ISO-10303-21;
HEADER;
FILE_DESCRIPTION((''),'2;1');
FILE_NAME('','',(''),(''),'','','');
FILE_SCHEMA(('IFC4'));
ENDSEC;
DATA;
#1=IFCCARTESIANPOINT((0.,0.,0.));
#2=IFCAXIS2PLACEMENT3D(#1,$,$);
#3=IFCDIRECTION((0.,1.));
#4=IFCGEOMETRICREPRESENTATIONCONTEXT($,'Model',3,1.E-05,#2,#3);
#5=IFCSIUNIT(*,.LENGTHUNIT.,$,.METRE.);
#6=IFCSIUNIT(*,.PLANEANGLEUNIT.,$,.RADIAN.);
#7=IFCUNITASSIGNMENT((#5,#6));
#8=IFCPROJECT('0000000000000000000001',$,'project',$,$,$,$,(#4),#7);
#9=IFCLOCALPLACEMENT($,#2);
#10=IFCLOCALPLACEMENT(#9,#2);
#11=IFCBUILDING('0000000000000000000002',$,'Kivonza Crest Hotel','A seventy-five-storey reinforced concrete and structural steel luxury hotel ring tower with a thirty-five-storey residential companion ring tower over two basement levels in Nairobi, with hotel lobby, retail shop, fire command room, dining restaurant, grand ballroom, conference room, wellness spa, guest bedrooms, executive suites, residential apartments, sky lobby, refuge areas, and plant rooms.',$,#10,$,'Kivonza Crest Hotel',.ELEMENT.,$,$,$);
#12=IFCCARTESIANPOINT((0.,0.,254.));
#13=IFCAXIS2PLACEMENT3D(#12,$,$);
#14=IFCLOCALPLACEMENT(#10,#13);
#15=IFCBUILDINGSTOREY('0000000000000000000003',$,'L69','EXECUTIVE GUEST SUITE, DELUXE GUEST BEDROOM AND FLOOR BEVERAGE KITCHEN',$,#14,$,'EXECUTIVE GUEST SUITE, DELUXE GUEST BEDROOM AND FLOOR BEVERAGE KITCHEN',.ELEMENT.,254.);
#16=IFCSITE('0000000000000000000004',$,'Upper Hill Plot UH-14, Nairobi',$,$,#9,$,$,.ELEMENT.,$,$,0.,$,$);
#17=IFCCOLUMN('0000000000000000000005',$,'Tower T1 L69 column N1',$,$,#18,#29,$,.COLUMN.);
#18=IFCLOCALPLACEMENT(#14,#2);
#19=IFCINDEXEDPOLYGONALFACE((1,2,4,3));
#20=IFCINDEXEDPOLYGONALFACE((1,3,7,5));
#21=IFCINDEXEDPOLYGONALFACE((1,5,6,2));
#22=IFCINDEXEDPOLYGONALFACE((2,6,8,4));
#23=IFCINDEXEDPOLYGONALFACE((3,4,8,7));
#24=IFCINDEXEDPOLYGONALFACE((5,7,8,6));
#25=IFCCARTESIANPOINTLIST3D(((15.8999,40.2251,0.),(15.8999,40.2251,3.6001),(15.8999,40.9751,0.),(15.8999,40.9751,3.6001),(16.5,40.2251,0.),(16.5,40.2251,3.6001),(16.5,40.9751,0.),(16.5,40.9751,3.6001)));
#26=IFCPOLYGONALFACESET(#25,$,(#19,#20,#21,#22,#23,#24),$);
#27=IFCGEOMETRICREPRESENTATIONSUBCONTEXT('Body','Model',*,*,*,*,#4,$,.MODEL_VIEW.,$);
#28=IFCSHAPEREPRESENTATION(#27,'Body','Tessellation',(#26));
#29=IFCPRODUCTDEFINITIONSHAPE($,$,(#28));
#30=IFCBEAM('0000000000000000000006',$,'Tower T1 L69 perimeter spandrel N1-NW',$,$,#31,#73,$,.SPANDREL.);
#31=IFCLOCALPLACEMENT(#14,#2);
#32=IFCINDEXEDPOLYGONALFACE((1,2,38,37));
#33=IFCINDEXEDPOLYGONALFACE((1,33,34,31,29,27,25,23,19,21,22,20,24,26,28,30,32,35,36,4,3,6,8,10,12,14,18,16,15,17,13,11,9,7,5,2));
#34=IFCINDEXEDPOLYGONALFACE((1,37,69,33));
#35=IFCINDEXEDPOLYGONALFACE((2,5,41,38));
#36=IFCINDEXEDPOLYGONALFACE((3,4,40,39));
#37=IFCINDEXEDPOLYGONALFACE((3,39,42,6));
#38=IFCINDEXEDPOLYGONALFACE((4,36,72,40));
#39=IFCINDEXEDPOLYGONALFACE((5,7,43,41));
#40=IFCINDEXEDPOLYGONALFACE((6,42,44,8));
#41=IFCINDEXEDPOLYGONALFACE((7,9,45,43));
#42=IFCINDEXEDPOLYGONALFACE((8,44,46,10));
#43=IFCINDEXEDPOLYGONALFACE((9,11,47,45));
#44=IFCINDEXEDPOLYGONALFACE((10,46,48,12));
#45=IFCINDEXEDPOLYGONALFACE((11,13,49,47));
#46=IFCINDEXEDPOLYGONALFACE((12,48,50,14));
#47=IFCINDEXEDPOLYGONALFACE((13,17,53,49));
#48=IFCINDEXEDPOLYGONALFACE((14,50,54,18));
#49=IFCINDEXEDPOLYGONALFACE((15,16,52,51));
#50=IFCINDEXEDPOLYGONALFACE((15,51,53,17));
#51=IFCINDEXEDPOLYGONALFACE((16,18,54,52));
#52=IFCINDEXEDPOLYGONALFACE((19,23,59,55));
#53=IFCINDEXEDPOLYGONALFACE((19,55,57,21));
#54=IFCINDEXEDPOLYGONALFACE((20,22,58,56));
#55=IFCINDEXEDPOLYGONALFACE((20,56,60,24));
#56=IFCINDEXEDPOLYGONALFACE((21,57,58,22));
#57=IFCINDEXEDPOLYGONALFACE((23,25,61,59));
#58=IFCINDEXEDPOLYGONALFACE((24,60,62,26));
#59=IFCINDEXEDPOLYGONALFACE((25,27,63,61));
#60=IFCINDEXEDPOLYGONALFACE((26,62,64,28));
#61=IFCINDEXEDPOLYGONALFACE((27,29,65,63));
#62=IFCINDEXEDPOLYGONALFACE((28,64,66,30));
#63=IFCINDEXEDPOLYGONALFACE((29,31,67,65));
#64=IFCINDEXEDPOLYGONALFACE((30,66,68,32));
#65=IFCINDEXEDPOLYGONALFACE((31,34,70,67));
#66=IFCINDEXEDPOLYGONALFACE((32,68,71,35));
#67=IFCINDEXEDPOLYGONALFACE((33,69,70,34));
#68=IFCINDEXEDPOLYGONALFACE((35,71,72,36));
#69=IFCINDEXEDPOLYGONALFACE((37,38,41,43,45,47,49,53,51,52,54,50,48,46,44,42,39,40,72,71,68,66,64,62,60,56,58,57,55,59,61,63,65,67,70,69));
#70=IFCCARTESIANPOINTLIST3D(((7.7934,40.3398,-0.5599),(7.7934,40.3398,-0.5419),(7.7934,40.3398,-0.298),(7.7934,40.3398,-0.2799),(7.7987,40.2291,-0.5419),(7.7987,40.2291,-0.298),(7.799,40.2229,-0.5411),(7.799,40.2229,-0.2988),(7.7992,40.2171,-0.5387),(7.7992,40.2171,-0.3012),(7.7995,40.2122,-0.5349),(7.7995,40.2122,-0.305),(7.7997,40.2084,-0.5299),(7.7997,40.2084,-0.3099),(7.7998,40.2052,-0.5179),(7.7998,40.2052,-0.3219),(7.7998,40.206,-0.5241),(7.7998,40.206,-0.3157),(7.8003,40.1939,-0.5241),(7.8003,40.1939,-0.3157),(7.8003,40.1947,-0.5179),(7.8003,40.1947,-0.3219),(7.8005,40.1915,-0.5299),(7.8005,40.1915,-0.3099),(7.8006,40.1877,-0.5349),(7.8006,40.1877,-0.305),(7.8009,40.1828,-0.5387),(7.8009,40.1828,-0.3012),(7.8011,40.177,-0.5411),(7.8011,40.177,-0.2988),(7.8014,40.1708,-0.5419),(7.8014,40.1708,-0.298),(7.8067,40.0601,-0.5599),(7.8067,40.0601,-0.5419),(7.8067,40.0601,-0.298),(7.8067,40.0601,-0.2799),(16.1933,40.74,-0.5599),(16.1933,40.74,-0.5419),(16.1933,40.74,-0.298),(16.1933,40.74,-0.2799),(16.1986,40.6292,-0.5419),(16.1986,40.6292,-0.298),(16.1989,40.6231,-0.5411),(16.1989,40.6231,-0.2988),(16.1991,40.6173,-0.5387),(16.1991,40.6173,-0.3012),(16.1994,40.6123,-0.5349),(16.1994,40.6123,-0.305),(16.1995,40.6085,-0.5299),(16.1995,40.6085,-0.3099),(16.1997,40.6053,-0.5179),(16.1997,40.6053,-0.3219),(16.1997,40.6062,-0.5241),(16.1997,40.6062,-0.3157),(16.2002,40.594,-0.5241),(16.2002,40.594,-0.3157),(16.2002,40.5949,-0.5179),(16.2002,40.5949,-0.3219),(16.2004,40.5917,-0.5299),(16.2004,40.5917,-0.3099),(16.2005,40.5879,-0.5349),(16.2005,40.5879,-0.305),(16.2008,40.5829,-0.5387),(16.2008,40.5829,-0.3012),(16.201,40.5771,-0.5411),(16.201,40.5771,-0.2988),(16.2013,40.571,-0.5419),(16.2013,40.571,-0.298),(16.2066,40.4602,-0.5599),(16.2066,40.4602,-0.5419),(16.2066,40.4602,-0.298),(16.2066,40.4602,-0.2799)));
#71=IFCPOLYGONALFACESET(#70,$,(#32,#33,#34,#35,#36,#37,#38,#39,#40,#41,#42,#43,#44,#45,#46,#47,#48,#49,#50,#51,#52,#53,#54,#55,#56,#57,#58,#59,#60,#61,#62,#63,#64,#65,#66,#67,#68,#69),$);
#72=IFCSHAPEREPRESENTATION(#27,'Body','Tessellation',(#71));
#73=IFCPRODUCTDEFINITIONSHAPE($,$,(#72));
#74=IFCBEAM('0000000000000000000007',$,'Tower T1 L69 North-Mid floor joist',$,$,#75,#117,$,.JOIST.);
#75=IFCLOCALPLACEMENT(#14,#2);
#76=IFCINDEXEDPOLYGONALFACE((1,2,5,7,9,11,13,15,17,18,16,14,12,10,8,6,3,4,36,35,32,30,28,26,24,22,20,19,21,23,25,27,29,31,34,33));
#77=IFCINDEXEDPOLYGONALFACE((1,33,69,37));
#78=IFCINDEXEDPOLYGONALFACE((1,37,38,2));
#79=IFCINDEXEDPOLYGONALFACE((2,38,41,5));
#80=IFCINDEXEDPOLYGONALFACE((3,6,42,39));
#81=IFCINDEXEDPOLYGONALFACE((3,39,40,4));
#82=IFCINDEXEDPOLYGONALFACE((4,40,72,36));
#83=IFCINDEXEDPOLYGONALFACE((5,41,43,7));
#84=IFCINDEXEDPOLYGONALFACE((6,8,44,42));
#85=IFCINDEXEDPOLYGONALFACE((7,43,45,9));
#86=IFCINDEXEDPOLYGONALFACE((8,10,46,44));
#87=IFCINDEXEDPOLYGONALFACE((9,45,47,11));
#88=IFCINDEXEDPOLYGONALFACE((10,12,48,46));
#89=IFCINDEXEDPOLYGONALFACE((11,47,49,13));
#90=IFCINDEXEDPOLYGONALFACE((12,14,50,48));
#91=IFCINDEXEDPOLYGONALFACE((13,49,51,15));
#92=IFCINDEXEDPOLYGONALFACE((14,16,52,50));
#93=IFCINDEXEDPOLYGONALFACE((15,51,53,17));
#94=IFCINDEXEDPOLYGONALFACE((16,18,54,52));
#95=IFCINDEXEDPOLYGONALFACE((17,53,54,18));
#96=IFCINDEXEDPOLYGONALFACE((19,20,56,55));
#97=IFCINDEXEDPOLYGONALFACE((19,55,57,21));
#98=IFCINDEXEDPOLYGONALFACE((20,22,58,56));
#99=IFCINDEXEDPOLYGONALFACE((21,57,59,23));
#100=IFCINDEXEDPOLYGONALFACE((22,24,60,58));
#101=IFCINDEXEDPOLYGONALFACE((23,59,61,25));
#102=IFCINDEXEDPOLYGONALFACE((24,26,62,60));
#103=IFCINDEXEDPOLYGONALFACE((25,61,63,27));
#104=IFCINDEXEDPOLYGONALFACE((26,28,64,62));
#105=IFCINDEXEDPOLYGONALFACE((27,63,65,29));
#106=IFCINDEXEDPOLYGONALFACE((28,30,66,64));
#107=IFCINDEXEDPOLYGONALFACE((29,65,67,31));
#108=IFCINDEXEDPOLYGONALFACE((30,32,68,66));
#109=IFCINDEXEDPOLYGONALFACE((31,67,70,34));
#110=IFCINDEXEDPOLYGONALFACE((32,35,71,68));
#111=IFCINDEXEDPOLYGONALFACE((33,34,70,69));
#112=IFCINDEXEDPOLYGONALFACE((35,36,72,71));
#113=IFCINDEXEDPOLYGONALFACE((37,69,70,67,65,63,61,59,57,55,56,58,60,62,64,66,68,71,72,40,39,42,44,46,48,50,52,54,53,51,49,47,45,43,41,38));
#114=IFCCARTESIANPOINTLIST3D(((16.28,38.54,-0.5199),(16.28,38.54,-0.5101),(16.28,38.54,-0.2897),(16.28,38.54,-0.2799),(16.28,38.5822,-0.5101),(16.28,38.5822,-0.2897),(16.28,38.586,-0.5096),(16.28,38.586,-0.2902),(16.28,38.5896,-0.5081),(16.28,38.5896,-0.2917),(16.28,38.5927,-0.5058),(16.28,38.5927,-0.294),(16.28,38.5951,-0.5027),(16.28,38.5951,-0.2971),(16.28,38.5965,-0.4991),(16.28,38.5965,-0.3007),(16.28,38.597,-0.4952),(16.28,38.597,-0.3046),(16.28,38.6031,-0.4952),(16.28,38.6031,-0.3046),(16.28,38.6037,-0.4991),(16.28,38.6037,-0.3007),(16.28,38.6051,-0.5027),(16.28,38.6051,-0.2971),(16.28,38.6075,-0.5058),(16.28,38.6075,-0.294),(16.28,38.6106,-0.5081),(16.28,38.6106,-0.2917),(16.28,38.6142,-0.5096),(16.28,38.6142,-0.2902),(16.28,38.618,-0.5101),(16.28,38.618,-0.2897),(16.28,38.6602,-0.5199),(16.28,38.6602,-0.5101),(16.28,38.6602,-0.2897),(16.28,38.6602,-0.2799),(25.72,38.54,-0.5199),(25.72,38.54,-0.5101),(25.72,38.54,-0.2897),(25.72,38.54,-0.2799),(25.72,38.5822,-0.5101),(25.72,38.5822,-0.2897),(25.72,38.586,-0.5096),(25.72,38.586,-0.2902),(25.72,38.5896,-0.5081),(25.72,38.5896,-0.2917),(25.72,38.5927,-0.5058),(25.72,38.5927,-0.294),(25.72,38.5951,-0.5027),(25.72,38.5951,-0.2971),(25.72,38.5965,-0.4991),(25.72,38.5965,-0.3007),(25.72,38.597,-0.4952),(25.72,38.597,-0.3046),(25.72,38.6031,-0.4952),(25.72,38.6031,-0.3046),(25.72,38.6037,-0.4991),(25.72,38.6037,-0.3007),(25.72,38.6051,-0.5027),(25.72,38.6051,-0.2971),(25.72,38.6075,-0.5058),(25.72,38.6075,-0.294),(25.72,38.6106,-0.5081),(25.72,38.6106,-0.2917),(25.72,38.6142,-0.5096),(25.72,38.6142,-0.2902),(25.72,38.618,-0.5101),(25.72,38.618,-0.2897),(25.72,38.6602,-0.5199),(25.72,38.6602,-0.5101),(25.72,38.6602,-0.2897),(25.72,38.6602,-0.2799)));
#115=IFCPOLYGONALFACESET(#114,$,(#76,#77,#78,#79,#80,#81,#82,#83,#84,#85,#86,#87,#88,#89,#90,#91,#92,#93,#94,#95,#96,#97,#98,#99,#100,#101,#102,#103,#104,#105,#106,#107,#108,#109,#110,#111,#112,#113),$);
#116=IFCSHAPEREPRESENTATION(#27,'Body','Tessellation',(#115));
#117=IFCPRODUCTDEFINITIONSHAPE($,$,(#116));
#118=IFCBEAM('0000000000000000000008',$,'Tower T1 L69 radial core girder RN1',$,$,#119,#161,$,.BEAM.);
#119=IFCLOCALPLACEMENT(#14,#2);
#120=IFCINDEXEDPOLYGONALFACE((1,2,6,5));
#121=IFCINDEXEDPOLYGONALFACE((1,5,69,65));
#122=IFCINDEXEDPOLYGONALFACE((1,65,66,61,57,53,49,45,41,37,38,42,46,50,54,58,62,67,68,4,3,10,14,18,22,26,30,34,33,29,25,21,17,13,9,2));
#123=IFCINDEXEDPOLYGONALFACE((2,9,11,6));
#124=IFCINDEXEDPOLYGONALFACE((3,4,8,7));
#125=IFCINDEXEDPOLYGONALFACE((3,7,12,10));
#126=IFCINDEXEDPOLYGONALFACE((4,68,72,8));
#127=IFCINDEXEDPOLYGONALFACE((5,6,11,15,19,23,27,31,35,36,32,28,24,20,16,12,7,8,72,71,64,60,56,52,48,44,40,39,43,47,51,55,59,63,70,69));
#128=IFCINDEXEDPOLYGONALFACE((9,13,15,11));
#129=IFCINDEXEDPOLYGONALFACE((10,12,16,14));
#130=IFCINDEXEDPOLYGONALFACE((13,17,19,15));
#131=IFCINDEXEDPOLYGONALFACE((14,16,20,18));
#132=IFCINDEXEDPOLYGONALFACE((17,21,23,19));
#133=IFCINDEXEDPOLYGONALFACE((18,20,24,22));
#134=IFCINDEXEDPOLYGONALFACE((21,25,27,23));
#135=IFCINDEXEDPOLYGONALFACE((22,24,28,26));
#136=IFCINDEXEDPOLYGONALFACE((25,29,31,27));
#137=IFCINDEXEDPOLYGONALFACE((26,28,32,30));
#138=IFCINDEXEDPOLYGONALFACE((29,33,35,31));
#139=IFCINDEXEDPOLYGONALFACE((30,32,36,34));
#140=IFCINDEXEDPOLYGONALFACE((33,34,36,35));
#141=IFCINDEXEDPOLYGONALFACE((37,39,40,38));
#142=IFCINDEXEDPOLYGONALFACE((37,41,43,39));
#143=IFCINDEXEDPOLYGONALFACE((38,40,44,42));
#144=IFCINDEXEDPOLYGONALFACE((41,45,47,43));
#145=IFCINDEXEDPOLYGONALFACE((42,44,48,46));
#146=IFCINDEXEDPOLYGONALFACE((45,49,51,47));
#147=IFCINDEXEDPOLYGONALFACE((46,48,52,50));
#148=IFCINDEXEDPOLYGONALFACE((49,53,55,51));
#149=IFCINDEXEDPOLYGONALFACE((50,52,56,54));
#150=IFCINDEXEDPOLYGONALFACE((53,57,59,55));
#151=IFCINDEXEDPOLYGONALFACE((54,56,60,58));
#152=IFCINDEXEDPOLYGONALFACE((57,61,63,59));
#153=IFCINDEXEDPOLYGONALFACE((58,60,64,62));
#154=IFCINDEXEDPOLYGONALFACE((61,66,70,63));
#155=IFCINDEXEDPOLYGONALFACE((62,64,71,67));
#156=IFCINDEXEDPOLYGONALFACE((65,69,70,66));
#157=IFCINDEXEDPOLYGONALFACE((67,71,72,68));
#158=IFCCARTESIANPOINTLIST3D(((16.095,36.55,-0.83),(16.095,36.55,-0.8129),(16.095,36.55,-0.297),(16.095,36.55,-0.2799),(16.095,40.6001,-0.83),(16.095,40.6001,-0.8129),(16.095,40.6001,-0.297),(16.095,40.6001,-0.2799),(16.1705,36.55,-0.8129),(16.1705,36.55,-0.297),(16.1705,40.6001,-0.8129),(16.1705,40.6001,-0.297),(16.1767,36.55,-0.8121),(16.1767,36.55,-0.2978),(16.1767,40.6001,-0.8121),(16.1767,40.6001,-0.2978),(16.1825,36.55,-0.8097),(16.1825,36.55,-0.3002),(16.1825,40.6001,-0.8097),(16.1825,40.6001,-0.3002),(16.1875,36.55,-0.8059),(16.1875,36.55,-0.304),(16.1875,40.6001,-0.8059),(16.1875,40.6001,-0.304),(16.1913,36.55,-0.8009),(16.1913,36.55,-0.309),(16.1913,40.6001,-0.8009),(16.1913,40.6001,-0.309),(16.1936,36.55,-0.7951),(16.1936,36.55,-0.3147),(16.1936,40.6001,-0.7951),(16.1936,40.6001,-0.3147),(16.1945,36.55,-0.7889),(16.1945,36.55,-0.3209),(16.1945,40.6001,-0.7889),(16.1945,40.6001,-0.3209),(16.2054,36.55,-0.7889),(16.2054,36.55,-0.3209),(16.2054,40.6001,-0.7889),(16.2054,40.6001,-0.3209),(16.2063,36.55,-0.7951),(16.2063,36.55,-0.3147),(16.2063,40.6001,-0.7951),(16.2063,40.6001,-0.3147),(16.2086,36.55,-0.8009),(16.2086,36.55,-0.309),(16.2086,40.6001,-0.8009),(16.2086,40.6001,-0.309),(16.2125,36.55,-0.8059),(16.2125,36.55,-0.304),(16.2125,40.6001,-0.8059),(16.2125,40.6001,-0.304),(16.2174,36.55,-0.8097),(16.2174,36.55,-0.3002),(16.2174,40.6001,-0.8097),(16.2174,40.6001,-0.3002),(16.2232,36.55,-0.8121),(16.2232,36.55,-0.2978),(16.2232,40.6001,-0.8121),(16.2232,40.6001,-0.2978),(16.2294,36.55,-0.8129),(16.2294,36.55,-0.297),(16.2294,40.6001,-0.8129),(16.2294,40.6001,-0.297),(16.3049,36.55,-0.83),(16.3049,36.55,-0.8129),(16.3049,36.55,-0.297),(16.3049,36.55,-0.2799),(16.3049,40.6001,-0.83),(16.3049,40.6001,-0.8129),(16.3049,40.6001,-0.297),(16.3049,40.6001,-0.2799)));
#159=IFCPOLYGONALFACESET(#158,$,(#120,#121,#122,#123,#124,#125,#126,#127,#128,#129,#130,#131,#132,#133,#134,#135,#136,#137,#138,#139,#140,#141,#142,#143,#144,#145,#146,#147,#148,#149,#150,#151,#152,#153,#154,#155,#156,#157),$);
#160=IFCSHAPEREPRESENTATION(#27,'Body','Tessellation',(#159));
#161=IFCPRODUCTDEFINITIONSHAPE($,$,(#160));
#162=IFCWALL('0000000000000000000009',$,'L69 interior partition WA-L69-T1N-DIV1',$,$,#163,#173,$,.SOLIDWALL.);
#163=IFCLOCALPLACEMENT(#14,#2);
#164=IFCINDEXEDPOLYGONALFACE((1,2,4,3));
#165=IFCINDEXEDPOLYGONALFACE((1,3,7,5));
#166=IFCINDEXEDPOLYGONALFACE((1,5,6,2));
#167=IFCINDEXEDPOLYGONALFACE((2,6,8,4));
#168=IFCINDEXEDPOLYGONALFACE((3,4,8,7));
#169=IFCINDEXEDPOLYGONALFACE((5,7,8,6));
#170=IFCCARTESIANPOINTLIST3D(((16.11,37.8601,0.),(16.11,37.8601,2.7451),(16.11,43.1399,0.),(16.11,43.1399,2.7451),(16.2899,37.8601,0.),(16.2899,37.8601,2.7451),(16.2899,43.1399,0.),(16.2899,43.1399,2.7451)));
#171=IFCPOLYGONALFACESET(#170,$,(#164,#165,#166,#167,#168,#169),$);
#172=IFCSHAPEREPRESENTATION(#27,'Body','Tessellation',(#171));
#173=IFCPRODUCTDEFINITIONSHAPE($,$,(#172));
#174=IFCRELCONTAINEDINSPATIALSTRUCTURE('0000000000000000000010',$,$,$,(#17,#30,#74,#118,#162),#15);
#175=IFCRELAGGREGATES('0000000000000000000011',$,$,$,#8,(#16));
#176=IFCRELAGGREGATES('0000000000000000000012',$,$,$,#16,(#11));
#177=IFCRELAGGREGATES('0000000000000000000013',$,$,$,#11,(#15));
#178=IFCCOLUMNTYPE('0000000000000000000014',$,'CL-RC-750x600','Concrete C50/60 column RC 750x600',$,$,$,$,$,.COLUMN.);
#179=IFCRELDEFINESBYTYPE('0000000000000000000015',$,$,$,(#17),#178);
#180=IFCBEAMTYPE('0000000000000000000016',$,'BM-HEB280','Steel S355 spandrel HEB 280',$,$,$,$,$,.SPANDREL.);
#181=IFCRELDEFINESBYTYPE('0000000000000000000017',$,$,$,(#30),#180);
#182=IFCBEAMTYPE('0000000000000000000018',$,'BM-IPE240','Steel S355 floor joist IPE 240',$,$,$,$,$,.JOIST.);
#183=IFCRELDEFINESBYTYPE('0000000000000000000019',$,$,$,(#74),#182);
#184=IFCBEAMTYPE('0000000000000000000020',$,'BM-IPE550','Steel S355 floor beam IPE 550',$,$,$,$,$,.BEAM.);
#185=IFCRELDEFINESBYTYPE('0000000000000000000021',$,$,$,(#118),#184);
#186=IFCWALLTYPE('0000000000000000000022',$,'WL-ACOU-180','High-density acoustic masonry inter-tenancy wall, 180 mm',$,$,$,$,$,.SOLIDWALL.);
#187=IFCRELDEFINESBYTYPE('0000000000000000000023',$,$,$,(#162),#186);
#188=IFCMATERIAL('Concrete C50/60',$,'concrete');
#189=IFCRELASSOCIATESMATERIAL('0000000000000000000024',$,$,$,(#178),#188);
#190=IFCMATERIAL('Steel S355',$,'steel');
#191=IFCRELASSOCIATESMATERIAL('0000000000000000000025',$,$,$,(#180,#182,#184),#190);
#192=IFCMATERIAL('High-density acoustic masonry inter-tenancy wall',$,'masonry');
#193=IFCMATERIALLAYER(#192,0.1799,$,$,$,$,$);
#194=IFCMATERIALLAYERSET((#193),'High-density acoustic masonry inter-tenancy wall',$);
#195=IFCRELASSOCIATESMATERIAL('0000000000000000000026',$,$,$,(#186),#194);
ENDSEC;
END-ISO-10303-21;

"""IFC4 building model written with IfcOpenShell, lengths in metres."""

from ifc_helpers import new_model, si_unit, direction, frame, frame_2d, origin, origin_2d, place, context, subcontext, project, spatial, rectangle, i_section, extrude, material, layer, layer_set, material_profile, profile_set, type_object, element, save


model = new_model("IFC4")

# Units and contexts
model_context = context("Model", 3, precision=1e-05, world=origin(), true_north=direction((0.0, 1.0)))
body_context = subcontext(model_context, "Body", "Model", "MODEL_VIEW")
ifc_project = project(units=[si_unit("LENGTHUNIT", "METRE"), si_unit("PLANEANGLEUNIT", "RADIAN")], contexts=[model_context])

# Site, building, storey
site_placement = place(None, origin())
site = spatial("IfcSite", under=ifc_project, at=site_placement, Name="Upper Hill Plot UH-14, Nairobi", CompositionType="ELEMENT", RefElevation=0.0)
building_placement = place(site_placement, origin())
building = spatial("IfcBuilding", under=site, at=building_placement, Name="Kivonza Crest Hotel", Description="A seventy-five-storey reinforced concrete and structural steel luxury hotel ring tower with a thirty-five-storey residential companion ring tower over two basement levels in Nairobi, with hotel lobby, retail shop, fire command room, dining restaurant, grand ballroom, conference room, wellness spa, guest bedrooms, executive suites, residential apartments, sky lobby, refuge areas, and plant rooms.", LongName="Kivonza Crest Hotel", CompositionType="ELEMENT")
storey_placement = place(building_placement, frame((0.0, 0.0, 254.0)))
storey = spatial("IfcBuildingStorey", under=building, at=storey_placement, Name="L69", Description="EXECUTIVE GUEST SUITE, DELUXE GUEST BEDROOM AND FLOOR BEVERAGE KITCHEN", LongName="EXECUTIVE GUEST SUITE, DELUXE GUEST BEDROOM AND FLOOR BEVERAGE KITCHEN", CompositionType="ELEMENT", Elevation=254.0)

# Column
ifc_material_1 = material(Name="Concrete C50/60", Category="concrete")
ifc_material_profile_1 = material_profile(ifc_material_1, rectangle(XDim=0.6001, YDim=0.75, at=origin_2d()), Name="RC 750x600")
ifc_profile_set_1 = profile_set([ifc_material_profile_1], Name="Concrete C50/60")
column_type = type_object("IfcColumnType", Name="CL-RC-750x600", Description="Concrete C50/60 column RC 750x600", PredefinedType="COLUMN", material=ifc_profile_set_1)
column_placement = place(storey_placement, frame((16.2, 40.6001, 0.0), z_axis=(0.0, 0.0, 1.0), x_axis=(1.0, 0.0, 0.0)))
element("IfcColumn", 1, at=column_placement, inside=storey, type_object=column_type, Name="Tower T1 L69 column N1", PredefinedType="COLUMN", context=body_context, shape_type="SweptSolid", body=[
    extrude(rectangle(XDim=0.6001, YDim=0.75, at=origin_2d()), origin(), (0.0, 0.0, 1.0), 3.6001),
])

# Beams
ifc_material_2 = material(Name="Steel S355", Category="steel")
ifc_material_profile_2 = material_profile(ifc_material_2, i_section(OverallWidth=0.28, OverallDepth=0.28, WebThickness=0.0105, FlangeThickness=0.0181, FilletRadius=0.0239, at=origin_2d()), Name="HEB 280")
ifc_profile_set_2 = profile_set([ifc_material_profile_2], Name="Steel S355")
beam_type_1 = type_object("IfcBeamType", Name="BM-HEB280", Description="Steel S355 spandrel HEB 280", PredefinedType="SPANDREL", material=ifc_profile_set_2)
beam_1_placement = place(storey_placement, frame((16.2, 40.6001, -0.4199), z_axis=(-0.998867, -0.047583, 0.0), x_axis=(0.047583, -0.998867, 0.0)))
element("IfcBeam", 2, at=beam_1_placement, inside=storey, type_object=beam_type_1, Name="Tower T1 L69 perimeter spandrel N1-NW", PredefinedType="SPANDREL", context=body_context, shape_type="SweptSolid", body=[
    extrude(i_section(OverallWidth=0.28, OverallDepth=0.28, WebThickness=0.0105, FlangeThickness=0.0181, FilletRadius=0.0239, at=origin_2d()), origin(), (0.0, 0.0, 1.0), 8.4094),
])
ifc_material_profile_3 = material_profile(ifc_material_2, i_section(OverallWidth=0.1201, OverallDepth=0.24, WebThickness=0.0061, FlangeThickness=0.0098, FilletRadius=0.0149, at=origin_2d()), Name="IPE 240")
ifc_profile_set_3 = profile_set([ifc_material_profile_3], Name="Steel S355")
beam_type_2 = type_object("IfcBeamType", Name="BM-IPE240", Description="Steel S355 floor joist IPE 240", PredefinedType="JOIST", material=ifc_profile_set_3)
beam_2_placement = place(storey_placement, frame((16.28, 38.6001, -0.3999), z_axis=(1.0, 0.0, 0.0), x_axis=(0.0, 1.0, 0.0)))
element("IfcBeam", 3, at=beam_2_placement, inside=storey, type_object=beam_type_2, Name="Tower T1 L69 North-Mid floor joist", PredefinedType="JOIST", context=body_context, shape_type="SweptSolid", body=[
    extrude(i_section(OverallWidth=0.1201, OverallDepth=0.24, WebThickness=0.0061, FlangeThickness=0.0098, FilletRadius=0.0149, at=origin_2d()), origin(), (0.0, 0.0, 1.0), 9.4399),
])
ifc_material_profile_4 = material_profile(ifc_material_2, i_section(OverallWidth=0.21, OverallDepth=0.55, WebThickness=0.011, FlangeThickness=0.0171, FilletRadius=0.0239, at=origin_2d()), Name="IPE 550")
ifc_profile_set_4 = profile_set([ifc_material_profile_4], Name="Steel S355")
beam_type_3 = type_object("IfcBeamType", Name="BM-IPE550", Description="Steel S355 floor beam IPE 550", PredefinedType="BEAM", material=ifc_profile_set_4)
beam_3_placement = place(storey_placement, frame((16.2, 40.6001, -0.5549), z_axis=(0.0, -1.0, 0.0), x_axis=(1.0, 0.0, 0.0)))
element("IfcBeam", 4, at=beam_3_placement, inside=storey, type_object=beam_type_3, Name="Tower T1 L69 radial core girder RN1", PredefinedType="BEAM", context=body_context, shape_type="SweptSolid", body=[
    extrude(i_section(OverallWidth=0.21, OverallDepth=0.55, WebThickness=0.011, FlangeThickness=0.0171, FilletRadius=0.0239, at=origin_2d()), origin(), (0.0, 0.0, 1.0), 4.05),
])

# Wall
ifc_material_3 = material(Name="High-density acoustic masonry inter-tenancy wall", Category="masonry")
ifc_layer_1 = layer(ifc_material_3, 0.1799)
ifc_layer_set_1 = layer_set([ifc_layer_1], Name="High-density acoustic masonry inter-tenancy wall")
wall_type_1 = type_object("IfcWallType", Name="WL-ACOU-180", Description="High-density acoustic masonry inter-tenancy wall, 180 mm", PredefinedType="SOLIDWALL", material=ifc_layer_set_1)
wall_1_placement = place(storey_placement, frame((16.2, 37.8601, 0.0), z_axis=(0.0, 0.0, 1.0), x_axis=(0.0, 1.0, 0.0)))
element("IfcWall", 5, at=wall_1_placement, inside=storey, type_object=wall_type_1, Name="L69 interior partition WA-L69-T1N-DIV1", PredefinedType="SOLIDWALL", context=body_context, shape_type="SweptSolid", body=[
    extrude(rectangle(XDim=5.2798, YDim=0.1799, at=frame_2d((2.6399, 0.0))), origin(), (0.0, 0.0, 1.0), 2.7451),
])

save(model, "model.ifc")
